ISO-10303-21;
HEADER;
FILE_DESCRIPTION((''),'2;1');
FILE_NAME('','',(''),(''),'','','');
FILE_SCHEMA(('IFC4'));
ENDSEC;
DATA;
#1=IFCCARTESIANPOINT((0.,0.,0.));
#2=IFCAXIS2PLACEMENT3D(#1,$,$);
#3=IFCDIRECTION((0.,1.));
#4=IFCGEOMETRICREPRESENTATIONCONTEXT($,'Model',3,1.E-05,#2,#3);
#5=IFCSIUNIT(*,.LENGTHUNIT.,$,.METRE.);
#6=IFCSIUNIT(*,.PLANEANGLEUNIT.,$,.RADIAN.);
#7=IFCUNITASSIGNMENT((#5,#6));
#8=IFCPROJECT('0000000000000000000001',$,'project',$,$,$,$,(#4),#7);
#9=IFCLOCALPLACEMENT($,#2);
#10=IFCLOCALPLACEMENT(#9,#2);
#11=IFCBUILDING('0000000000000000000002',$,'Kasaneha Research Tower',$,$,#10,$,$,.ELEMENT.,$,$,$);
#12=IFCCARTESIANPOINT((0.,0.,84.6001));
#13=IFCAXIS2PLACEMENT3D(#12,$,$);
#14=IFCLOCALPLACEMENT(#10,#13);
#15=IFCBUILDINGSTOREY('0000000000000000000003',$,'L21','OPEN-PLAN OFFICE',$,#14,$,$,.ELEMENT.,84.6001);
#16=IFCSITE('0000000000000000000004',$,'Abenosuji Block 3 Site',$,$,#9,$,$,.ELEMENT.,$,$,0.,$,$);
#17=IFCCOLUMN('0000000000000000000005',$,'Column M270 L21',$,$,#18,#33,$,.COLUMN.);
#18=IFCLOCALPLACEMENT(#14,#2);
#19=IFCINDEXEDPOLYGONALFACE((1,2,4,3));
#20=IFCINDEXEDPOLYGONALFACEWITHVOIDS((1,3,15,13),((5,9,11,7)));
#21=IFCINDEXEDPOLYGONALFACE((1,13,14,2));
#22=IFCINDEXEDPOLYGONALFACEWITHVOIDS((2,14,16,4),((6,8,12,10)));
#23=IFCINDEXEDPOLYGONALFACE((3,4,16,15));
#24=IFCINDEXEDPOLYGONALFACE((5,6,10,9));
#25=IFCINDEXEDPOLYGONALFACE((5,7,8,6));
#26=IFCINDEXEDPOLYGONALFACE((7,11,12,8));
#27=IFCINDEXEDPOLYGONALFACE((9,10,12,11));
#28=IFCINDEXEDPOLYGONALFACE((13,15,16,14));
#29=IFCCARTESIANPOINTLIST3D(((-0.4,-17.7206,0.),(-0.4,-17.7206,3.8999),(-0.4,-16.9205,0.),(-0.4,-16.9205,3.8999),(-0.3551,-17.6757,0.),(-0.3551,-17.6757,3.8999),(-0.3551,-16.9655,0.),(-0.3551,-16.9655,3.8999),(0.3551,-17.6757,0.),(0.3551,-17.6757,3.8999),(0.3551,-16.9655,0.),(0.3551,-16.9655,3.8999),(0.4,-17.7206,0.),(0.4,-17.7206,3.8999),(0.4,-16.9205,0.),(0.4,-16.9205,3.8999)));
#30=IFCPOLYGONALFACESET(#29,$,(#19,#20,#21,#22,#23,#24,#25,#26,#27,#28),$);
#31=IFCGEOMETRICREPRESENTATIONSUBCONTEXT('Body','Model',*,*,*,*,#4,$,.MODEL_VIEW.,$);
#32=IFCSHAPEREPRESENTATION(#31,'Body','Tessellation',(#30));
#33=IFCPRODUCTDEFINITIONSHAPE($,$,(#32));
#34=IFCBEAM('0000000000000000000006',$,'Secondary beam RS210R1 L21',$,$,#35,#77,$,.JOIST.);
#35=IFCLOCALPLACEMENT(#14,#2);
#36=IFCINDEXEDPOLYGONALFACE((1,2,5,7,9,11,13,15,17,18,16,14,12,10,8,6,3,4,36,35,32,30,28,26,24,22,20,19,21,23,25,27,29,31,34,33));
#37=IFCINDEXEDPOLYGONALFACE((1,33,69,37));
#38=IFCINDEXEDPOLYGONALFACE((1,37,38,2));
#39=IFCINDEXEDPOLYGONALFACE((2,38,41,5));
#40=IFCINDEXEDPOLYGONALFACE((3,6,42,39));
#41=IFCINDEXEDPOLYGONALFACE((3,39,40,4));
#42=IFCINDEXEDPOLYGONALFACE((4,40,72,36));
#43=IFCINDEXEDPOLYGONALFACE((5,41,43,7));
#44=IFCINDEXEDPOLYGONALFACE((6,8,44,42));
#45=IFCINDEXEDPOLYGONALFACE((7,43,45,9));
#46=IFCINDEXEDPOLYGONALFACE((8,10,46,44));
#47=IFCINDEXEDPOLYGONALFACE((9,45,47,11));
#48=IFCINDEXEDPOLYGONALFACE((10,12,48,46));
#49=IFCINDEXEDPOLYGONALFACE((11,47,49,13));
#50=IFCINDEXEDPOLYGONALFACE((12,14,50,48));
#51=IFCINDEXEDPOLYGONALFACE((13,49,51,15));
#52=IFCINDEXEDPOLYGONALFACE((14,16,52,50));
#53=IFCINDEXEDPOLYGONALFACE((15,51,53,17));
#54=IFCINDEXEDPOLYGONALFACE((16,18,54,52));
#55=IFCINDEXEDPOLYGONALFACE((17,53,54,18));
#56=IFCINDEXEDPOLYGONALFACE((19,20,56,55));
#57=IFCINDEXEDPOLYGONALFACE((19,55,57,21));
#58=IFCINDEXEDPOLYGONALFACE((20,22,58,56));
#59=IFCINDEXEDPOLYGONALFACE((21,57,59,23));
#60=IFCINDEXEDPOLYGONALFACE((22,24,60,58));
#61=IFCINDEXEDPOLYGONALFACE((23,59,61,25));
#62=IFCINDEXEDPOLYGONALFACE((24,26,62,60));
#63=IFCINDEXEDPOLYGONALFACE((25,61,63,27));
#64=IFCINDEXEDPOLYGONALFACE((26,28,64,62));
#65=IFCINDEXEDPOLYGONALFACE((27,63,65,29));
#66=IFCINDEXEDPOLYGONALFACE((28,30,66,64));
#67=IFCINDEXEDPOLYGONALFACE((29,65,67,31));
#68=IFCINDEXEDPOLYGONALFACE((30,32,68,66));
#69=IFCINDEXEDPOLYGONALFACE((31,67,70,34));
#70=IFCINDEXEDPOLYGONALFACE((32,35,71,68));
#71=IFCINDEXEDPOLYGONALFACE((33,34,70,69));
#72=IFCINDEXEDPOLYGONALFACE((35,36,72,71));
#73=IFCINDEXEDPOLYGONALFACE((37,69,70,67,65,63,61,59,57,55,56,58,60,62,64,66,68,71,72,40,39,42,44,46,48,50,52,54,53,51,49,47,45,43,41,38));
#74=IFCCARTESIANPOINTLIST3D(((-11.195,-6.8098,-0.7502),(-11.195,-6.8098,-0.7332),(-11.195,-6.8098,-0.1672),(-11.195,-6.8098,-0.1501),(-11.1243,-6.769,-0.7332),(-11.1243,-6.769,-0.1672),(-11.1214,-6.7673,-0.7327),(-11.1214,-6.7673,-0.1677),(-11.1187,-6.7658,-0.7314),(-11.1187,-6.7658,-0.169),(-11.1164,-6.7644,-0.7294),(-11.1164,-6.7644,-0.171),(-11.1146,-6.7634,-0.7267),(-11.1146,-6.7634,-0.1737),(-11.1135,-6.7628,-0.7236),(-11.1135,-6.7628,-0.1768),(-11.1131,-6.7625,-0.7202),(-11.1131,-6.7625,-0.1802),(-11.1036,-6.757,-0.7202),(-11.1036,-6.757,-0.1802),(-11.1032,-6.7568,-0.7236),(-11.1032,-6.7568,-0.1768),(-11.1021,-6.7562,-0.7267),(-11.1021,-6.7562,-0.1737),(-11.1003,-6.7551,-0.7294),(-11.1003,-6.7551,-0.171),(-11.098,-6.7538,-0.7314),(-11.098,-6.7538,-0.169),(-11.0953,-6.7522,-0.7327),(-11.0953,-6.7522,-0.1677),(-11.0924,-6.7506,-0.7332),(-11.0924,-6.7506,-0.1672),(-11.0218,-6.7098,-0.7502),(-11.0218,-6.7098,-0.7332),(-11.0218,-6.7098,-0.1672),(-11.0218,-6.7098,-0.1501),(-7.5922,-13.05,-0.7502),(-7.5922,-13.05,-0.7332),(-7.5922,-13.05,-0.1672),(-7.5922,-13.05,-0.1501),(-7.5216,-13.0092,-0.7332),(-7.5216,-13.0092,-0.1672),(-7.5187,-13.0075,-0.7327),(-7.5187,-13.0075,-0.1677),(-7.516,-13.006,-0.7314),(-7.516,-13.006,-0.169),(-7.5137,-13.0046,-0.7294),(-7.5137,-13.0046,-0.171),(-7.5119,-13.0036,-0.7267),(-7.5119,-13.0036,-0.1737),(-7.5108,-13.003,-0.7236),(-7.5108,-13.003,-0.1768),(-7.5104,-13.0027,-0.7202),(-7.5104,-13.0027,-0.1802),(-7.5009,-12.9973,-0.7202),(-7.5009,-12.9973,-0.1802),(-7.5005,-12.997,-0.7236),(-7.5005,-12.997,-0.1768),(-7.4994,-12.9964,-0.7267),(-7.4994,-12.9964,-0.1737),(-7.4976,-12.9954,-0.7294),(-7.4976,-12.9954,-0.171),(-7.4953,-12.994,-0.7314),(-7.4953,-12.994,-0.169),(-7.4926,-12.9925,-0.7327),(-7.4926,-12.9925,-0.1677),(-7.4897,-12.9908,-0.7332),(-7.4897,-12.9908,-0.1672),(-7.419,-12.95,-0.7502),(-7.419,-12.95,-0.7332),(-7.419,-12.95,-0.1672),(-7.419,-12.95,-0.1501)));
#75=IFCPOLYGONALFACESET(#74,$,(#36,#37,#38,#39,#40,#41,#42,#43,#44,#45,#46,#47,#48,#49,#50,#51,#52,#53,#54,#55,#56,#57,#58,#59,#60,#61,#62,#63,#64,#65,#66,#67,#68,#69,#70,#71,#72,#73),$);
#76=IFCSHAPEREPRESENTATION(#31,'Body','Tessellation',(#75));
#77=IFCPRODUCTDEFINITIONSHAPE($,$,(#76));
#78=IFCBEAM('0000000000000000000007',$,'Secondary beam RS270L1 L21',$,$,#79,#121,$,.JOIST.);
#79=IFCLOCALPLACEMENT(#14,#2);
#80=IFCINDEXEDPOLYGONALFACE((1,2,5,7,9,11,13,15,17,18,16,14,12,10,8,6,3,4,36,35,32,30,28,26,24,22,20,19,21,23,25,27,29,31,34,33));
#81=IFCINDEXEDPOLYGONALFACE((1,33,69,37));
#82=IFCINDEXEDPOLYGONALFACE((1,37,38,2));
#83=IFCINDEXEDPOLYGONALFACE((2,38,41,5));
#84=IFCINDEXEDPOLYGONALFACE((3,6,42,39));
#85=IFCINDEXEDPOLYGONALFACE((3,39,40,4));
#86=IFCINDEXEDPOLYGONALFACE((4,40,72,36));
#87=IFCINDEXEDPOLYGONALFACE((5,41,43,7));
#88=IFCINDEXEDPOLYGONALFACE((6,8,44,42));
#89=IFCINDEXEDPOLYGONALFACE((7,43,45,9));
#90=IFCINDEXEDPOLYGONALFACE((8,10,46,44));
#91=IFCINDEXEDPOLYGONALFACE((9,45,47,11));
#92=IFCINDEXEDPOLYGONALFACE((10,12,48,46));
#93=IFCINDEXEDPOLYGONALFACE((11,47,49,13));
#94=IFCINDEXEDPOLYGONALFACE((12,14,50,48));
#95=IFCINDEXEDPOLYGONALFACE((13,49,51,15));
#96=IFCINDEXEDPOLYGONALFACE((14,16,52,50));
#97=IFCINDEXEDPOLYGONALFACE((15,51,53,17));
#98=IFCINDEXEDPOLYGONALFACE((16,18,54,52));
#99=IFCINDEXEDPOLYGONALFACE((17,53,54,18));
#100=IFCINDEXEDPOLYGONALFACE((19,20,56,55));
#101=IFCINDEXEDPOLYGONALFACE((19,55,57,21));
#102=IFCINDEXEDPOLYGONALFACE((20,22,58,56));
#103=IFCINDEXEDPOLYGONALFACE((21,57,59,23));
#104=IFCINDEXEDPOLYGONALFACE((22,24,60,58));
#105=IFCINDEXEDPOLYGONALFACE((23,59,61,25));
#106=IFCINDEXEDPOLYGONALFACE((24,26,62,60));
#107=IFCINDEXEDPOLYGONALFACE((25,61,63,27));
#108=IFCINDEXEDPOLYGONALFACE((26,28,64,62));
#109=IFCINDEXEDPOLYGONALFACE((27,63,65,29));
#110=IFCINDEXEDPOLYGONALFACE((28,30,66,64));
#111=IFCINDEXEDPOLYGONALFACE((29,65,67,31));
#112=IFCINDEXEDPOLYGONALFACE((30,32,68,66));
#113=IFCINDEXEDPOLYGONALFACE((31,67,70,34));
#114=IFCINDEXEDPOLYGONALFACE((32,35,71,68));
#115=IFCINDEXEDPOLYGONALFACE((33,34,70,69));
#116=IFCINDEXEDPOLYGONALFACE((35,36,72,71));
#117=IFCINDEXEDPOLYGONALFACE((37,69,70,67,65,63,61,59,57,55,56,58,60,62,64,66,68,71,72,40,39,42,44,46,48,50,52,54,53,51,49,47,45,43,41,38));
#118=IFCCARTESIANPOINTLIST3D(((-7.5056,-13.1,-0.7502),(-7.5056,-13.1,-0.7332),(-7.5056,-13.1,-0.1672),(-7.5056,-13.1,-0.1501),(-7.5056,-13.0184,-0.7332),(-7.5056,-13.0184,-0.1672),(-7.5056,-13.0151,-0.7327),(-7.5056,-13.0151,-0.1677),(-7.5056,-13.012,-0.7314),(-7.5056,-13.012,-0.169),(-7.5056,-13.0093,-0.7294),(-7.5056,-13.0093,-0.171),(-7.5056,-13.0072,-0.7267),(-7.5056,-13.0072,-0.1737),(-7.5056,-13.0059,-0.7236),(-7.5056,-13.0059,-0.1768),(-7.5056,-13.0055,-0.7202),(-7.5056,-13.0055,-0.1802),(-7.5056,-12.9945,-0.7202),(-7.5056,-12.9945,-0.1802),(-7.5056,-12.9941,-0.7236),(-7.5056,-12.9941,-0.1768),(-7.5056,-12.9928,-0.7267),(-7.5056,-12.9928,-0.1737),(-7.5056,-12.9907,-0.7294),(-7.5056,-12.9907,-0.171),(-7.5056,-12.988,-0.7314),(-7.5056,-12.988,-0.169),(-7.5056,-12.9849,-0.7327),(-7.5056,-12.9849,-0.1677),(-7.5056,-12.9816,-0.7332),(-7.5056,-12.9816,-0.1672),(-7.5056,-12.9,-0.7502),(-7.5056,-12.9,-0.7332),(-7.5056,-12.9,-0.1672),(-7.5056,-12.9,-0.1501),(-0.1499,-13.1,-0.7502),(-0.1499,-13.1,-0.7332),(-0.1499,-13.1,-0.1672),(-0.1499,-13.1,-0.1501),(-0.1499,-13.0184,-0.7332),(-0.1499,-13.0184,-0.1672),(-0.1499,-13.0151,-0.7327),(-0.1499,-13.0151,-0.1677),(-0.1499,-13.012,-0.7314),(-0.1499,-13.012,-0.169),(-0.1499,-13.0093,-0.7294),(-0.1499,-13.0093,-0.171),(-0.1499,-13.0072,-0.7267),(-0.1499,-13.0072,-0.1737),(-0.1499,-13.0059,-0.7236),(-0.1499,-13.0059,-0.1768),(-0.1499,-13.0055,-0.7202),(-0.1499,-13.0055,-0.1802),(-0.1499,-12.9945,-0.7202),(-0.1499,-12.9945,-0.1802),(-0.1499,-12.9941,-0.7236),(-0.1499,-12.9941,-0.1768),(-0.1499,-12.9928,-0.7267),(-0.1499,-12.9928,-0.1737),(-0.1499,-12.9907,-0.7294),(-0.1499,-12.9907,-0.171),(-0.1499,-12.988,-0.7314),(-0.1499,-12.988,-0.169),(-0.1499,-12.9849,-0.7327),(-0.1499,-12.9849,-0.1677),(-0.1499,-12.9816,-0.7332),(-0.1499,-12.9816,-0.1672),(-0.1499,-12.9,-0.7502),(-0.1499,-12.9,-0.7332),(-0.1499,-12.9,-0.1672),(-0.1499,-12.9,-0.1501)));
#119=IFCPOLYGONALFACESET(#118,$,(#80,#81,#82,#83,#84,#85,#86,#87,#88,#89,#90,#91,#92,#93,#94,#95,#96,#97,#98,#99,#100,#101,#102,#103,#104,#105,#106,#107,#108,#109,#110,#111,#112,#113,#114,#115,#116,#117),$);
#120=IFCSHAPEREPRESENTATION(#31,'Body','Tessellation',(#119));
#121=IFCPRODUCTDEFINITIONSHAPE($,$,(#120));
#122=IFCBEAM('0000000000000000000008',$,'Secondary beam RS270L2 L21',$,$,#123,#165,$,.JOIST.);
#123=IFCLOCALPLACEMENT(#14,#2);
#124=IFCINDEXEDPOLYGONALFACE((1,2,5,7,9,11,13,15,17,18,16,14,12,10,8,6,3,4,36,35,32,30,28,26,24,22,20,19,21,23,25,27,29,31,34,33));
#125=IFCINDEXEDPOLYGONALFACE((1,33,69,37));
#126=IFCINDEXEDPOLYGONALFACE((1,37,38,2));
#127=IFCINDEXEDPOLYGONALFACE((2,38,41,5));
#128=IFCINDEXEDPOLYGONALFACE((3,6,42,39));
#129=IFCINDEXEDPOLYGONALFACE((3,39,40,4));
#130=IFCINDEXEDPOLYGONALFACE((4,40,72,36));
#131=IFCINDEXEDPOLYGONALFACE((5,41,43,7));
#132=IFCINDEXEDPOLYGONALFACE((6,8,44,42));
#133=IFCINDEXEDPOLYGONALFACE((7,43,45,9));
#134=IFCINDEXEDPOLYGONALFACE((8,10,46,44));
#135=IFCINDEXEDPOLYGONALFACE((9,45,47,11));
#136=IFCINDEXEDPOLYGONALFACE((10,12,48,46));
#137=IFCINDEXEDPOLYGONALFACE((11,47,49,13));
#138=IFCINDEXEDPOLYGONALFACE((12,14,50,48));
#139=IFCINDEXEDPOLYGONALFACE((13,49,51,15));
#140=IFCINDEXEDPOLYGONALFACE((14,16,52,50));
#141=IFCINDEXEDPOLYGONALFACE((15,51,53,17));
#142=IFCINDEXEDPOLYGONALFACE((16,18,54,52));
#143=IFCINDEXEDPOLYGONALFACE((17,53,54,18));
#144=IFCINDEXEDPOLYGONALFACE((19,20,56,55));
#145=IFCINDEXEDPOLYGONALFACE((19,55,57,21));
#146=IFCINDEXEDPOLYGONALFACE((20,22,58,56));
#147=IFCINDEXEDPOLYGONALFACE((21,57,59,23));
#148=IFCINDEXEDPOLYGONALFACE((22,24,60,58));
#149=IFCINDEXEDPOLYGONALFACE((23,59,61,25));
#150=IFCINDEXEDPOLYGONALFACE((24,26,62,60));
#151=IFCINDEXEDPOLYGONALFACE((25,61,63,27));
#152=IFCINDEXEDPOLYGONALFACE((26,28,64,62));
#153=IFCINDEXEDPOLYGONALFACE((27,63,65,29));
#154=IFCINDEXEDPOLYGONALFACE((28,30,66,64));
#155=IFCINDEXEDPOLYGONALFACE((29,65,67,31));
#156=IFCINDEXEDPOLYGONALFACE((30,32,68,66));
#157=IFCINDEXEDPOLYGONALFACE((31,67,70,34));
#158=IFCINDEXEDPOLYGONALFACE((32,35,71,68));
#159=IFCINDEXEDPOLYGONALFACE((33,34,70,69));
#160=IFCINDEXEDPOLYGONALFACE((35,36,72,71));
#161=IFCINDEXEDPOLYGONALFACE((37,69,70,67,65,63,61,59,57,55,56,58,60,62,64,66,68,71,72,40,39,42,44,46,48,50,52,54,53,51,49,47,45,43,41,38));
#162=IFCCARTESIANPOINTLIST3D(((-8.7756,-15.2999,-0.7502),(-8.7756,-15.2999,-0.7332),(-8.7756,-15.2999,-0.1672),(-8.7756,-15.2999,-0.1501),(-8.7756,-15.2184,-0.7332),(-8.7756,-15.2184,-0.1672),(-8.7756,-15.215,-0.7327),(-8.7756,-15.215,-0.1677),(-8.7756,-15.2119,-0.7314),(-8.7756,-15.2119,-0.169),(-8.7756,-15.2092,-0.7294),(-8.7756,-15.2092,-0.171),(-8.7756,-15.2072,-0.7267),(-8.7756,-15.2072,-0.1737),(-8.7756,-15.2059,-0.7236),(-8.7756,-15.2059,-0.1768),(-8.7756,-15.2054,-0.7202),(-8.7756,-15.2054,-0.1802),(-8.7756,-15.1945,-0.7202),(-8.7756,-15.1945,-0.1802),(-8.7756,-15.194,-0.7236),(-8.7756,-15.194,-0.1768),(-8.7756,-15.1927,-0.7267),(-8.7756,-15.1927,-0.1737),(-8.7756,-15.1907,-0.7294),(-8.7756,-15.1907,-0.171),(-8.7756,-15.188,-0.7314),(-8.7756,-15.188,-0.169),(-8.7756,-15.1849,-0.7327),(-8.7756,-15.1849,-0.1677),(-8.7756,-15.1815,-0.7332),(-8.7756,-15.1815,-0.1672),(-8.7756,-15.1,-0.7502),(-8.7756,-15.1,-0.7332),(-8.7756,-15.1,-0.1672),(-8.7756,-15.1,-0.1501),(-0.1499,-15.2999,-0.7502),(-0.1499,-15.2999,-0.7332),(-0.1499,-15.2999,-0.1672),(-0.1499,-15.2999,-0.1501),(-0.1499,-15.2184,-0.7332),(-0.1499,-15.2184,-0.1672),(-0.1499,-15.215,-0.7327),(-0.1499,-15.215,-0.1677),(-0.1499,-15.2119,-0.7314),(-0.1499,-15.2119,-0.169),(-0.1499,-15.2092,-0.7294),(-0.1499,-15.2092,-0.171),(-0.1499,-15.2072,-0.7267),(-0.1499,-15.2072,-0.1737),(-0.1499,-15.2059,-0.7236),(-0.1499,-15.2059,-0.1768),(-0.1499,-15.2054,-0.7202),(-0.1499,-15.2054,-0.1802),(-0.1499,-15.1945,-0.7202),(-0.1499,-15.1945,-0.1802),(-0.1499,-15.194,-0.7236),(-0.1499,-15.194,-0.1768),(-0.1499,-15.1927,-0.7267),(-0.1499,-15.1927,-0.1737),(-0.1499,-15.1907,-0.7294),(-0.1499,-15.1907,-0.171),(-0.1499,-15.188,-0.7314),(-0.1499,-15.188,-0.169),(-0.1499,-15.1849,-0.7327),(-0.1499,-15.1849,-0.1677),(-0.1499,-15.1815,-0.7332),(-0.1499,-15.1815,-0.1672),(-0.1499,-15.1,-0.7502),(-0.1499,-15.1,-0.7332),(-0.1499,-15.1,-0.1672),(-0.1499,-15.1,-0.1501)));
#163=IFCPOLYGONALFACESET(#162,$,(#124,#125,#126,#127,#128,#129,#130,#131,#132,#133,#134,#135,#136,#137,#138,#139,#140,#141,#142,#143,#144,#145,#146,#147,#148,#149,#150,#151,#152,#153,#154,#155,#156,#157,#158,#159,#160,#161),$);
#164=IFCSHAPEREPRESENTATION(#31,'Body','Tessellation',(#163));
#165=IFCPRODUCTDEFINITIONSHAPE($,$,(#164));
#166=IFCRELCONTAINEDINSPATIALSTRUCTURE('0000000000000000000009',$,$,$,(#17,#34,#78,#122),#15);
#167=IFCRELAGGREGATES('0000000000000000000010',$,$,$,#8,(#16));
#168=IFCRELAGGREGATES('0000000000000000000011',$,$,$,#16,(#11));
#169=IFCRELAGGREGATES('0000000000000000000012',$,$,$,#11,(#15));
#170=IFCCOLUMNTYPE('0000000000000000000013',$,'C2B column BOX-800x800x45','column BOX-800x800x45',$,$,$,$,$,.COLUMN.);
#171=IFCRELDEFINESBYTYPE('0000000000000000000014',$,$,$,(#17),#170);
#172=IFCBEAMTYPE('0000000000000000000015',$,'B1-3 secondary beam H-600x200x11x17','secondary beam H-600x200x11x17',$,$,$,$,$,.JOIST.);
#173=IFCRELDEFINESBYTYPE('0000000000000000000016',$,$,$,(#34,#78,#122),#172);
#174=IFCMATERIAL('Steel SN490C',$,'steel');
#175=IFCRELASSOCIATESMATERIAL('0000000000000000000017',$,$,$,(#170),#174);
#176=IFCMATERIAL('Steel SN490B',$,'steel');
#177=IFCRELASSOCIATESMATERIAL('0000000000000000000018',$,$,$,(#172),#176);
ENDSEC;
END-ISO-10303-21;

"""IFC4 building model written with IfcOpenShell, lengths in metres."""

from ifc_helpers import new_model, si_unit, direction, frame, origin, origin_2d, place, context, subcontext, project, spatial, hollow_rectangle, i_section, extrude, material, material_profile, profile_set, type_object, element, save


model = new_model("IFC4")

# Units and contexts
model_context = context("Model", 3, precision=1e-05, world=origin(), true_north=direction((0.0, 1.0)))
body_context = subcontext(model_context, "Body", "Model", "MODEL_VIEW")
ifc_project = project(units=[si_unit("LENGTHUNIT", "METRE"), si_unit("PLANEANGLEUNIT", "RADIAN")], contexts=[model_context])

# Site, building, storey
site_placement = place(None, origin())
site = spatial("IfcSite", under=ifc_project, at=site_placement, Name="Abenosuji Block 3 Site", CompositionType="ELEMENT", RefElevation=0.0)
building_placement = place(site_placement, origin())
building = spatial("IfcBuilding", under=site, at=building_placement, Name="Kasaneha Research Tower", CompositionType="ELEMENT")
storey_placement = place(building_placement, frame((0.0, 0.0, 84.6001)))
storey = spatial("IfcBuildingStorey", under=building, at=storey_placement, Name="L21", Description="OPEN-PLAN OFFICE", CompositionType="ELEMENT", Elevation=84.6001)

# Column
ifc_material_1 = material(Name="Steel SN490C", Category="steel")
ifc_material_profile_1 = material_profile(ifc_material_1, hollow_rectangle(XDim=0.8, YDim=0.8, WallThickness=0.0449, at=origin_2d()), Name="BOX-800x800x45")
ifc_profile_set_1 = profile_set([ifc_material_profile_1], Name="Steel SN490C")
column_type = type_object("IfcColumnType", Name="C2B column BOX-800x800x45", Description="column BOX-800x800x45", PredefinedType="COLUMN", material=ifc_profile_set_1)
column_placement = place(storey_placement, frame((0.0, -17.3206, 0.0), z_axis=(0.0, 0.0, 1.0), x_axis=(1.0, 0.0, 0.0)))
element("IfcColumn", 1, at=column_placement, inside=storey, type_object=column_type, Name="Column M270 L21", PredefinedType="COLUMN", context=body_context, shape_type="SweptSolid", body=[
    extrude(hollow_rectangle(XDim=0.8, YDim=0.8, WallThickness=0.0449, at=origin_2d()), origin(), (0.0, 0.0, 1.0), 3.8999),
])

# Beams
ifc_material_2 = material(Name="Steel SN490B", Category="steel")
ifc_material_profile_2 = material_profile(ifc_material_2, i_section(OverallWidth=0.2, OverallDepth=0.6001, WebThickness=0.011, FlangeThickness=0.0171, FilletRadius=0.0129, at=origin_2d()), Name="H-600x200x11x17")
ifc_profile_set_2 = profile_set([ifc_material_profile_2], Name="Steel SN490B")
beam_type_1 = type_object("IfcBeamType", Name="B1-3 secondary beam H-600x200x11x17", Description="secondary beam H-600x200x11x17", PredefinedType="JOIST", material=ifc_profile_set_2)
beam_1_placement = place(storey_placement, frame((-7.5056, -13.0, -0.4502), z_axis=(-0.499998, 0.866026, 0.0), x_axis=(-0.866026, -0.499998, 0.0)))
element("IfcBeam", 2, at=beam_1_placement, inside=storey, type_object=beam_type_1, Name="Secondary beam RS210R1 L21", PredefinedType="JOIST", context=body_context, shape_type="SweptSolid", body=[
    extrude(i_section(OverallWidth=0.2, OverallDepth=0.6001, WebThickness=0.011, FlangeThickness=0.0171, FilletRadius=0.0129, at=origin_2d()), origin(), (0.0, 0.0, 1.0), 7.2056),
])
beam_2_placement = place(storey_placement, frame((-7.5056, -13.0, -0.4502), z_axis=(1.0, 0.0, 0.0), x_axis=(0.0, 1.0, 0.0)))
element("IfcBeam", 3, at=beam_2_placement, inside=storey, type_object=beam_type_1, Name="Secondary beam RS270L1 L21", PredefinedType="JOIST", context=body_context, shape_type="SweptSolid", body=[
    extrude(i_section(OverallWidth=0.2, OverallDepth=0.6001, WebThickness=0.011, FlangeThickness=0.0171, FilletRadius=0.0129, at=origin_2d()), origin(), (0.0, 0.0, 1.0), 7.3557),
])
beam_3_placement = place(storey_placement, frame((-8.7756, -15.2, -0.4502), z_axis=(1.0, 0.0, 0.0), x_axis=(0.0, 1.0, 0.0)))
element("IfcBeam", 4, at=beam_3_placement, inside=storey, type_object=beam_type_1, Name="Secondary beam RS270L2 L21", PredefinedType="JOIST", context=body_context, shape_type="SweptSolid", body=[
    extrude(i_section(OverallWidth=0.2, OverallDepth=0.6001, WebThickness=0.011, FlangeThickness=0.0171, FilletRadius=0.0129, at=origin_2d()), origin(), (0.0, 0.0, 1.0), 8.6257),
])

save(model, "model.ifc")
